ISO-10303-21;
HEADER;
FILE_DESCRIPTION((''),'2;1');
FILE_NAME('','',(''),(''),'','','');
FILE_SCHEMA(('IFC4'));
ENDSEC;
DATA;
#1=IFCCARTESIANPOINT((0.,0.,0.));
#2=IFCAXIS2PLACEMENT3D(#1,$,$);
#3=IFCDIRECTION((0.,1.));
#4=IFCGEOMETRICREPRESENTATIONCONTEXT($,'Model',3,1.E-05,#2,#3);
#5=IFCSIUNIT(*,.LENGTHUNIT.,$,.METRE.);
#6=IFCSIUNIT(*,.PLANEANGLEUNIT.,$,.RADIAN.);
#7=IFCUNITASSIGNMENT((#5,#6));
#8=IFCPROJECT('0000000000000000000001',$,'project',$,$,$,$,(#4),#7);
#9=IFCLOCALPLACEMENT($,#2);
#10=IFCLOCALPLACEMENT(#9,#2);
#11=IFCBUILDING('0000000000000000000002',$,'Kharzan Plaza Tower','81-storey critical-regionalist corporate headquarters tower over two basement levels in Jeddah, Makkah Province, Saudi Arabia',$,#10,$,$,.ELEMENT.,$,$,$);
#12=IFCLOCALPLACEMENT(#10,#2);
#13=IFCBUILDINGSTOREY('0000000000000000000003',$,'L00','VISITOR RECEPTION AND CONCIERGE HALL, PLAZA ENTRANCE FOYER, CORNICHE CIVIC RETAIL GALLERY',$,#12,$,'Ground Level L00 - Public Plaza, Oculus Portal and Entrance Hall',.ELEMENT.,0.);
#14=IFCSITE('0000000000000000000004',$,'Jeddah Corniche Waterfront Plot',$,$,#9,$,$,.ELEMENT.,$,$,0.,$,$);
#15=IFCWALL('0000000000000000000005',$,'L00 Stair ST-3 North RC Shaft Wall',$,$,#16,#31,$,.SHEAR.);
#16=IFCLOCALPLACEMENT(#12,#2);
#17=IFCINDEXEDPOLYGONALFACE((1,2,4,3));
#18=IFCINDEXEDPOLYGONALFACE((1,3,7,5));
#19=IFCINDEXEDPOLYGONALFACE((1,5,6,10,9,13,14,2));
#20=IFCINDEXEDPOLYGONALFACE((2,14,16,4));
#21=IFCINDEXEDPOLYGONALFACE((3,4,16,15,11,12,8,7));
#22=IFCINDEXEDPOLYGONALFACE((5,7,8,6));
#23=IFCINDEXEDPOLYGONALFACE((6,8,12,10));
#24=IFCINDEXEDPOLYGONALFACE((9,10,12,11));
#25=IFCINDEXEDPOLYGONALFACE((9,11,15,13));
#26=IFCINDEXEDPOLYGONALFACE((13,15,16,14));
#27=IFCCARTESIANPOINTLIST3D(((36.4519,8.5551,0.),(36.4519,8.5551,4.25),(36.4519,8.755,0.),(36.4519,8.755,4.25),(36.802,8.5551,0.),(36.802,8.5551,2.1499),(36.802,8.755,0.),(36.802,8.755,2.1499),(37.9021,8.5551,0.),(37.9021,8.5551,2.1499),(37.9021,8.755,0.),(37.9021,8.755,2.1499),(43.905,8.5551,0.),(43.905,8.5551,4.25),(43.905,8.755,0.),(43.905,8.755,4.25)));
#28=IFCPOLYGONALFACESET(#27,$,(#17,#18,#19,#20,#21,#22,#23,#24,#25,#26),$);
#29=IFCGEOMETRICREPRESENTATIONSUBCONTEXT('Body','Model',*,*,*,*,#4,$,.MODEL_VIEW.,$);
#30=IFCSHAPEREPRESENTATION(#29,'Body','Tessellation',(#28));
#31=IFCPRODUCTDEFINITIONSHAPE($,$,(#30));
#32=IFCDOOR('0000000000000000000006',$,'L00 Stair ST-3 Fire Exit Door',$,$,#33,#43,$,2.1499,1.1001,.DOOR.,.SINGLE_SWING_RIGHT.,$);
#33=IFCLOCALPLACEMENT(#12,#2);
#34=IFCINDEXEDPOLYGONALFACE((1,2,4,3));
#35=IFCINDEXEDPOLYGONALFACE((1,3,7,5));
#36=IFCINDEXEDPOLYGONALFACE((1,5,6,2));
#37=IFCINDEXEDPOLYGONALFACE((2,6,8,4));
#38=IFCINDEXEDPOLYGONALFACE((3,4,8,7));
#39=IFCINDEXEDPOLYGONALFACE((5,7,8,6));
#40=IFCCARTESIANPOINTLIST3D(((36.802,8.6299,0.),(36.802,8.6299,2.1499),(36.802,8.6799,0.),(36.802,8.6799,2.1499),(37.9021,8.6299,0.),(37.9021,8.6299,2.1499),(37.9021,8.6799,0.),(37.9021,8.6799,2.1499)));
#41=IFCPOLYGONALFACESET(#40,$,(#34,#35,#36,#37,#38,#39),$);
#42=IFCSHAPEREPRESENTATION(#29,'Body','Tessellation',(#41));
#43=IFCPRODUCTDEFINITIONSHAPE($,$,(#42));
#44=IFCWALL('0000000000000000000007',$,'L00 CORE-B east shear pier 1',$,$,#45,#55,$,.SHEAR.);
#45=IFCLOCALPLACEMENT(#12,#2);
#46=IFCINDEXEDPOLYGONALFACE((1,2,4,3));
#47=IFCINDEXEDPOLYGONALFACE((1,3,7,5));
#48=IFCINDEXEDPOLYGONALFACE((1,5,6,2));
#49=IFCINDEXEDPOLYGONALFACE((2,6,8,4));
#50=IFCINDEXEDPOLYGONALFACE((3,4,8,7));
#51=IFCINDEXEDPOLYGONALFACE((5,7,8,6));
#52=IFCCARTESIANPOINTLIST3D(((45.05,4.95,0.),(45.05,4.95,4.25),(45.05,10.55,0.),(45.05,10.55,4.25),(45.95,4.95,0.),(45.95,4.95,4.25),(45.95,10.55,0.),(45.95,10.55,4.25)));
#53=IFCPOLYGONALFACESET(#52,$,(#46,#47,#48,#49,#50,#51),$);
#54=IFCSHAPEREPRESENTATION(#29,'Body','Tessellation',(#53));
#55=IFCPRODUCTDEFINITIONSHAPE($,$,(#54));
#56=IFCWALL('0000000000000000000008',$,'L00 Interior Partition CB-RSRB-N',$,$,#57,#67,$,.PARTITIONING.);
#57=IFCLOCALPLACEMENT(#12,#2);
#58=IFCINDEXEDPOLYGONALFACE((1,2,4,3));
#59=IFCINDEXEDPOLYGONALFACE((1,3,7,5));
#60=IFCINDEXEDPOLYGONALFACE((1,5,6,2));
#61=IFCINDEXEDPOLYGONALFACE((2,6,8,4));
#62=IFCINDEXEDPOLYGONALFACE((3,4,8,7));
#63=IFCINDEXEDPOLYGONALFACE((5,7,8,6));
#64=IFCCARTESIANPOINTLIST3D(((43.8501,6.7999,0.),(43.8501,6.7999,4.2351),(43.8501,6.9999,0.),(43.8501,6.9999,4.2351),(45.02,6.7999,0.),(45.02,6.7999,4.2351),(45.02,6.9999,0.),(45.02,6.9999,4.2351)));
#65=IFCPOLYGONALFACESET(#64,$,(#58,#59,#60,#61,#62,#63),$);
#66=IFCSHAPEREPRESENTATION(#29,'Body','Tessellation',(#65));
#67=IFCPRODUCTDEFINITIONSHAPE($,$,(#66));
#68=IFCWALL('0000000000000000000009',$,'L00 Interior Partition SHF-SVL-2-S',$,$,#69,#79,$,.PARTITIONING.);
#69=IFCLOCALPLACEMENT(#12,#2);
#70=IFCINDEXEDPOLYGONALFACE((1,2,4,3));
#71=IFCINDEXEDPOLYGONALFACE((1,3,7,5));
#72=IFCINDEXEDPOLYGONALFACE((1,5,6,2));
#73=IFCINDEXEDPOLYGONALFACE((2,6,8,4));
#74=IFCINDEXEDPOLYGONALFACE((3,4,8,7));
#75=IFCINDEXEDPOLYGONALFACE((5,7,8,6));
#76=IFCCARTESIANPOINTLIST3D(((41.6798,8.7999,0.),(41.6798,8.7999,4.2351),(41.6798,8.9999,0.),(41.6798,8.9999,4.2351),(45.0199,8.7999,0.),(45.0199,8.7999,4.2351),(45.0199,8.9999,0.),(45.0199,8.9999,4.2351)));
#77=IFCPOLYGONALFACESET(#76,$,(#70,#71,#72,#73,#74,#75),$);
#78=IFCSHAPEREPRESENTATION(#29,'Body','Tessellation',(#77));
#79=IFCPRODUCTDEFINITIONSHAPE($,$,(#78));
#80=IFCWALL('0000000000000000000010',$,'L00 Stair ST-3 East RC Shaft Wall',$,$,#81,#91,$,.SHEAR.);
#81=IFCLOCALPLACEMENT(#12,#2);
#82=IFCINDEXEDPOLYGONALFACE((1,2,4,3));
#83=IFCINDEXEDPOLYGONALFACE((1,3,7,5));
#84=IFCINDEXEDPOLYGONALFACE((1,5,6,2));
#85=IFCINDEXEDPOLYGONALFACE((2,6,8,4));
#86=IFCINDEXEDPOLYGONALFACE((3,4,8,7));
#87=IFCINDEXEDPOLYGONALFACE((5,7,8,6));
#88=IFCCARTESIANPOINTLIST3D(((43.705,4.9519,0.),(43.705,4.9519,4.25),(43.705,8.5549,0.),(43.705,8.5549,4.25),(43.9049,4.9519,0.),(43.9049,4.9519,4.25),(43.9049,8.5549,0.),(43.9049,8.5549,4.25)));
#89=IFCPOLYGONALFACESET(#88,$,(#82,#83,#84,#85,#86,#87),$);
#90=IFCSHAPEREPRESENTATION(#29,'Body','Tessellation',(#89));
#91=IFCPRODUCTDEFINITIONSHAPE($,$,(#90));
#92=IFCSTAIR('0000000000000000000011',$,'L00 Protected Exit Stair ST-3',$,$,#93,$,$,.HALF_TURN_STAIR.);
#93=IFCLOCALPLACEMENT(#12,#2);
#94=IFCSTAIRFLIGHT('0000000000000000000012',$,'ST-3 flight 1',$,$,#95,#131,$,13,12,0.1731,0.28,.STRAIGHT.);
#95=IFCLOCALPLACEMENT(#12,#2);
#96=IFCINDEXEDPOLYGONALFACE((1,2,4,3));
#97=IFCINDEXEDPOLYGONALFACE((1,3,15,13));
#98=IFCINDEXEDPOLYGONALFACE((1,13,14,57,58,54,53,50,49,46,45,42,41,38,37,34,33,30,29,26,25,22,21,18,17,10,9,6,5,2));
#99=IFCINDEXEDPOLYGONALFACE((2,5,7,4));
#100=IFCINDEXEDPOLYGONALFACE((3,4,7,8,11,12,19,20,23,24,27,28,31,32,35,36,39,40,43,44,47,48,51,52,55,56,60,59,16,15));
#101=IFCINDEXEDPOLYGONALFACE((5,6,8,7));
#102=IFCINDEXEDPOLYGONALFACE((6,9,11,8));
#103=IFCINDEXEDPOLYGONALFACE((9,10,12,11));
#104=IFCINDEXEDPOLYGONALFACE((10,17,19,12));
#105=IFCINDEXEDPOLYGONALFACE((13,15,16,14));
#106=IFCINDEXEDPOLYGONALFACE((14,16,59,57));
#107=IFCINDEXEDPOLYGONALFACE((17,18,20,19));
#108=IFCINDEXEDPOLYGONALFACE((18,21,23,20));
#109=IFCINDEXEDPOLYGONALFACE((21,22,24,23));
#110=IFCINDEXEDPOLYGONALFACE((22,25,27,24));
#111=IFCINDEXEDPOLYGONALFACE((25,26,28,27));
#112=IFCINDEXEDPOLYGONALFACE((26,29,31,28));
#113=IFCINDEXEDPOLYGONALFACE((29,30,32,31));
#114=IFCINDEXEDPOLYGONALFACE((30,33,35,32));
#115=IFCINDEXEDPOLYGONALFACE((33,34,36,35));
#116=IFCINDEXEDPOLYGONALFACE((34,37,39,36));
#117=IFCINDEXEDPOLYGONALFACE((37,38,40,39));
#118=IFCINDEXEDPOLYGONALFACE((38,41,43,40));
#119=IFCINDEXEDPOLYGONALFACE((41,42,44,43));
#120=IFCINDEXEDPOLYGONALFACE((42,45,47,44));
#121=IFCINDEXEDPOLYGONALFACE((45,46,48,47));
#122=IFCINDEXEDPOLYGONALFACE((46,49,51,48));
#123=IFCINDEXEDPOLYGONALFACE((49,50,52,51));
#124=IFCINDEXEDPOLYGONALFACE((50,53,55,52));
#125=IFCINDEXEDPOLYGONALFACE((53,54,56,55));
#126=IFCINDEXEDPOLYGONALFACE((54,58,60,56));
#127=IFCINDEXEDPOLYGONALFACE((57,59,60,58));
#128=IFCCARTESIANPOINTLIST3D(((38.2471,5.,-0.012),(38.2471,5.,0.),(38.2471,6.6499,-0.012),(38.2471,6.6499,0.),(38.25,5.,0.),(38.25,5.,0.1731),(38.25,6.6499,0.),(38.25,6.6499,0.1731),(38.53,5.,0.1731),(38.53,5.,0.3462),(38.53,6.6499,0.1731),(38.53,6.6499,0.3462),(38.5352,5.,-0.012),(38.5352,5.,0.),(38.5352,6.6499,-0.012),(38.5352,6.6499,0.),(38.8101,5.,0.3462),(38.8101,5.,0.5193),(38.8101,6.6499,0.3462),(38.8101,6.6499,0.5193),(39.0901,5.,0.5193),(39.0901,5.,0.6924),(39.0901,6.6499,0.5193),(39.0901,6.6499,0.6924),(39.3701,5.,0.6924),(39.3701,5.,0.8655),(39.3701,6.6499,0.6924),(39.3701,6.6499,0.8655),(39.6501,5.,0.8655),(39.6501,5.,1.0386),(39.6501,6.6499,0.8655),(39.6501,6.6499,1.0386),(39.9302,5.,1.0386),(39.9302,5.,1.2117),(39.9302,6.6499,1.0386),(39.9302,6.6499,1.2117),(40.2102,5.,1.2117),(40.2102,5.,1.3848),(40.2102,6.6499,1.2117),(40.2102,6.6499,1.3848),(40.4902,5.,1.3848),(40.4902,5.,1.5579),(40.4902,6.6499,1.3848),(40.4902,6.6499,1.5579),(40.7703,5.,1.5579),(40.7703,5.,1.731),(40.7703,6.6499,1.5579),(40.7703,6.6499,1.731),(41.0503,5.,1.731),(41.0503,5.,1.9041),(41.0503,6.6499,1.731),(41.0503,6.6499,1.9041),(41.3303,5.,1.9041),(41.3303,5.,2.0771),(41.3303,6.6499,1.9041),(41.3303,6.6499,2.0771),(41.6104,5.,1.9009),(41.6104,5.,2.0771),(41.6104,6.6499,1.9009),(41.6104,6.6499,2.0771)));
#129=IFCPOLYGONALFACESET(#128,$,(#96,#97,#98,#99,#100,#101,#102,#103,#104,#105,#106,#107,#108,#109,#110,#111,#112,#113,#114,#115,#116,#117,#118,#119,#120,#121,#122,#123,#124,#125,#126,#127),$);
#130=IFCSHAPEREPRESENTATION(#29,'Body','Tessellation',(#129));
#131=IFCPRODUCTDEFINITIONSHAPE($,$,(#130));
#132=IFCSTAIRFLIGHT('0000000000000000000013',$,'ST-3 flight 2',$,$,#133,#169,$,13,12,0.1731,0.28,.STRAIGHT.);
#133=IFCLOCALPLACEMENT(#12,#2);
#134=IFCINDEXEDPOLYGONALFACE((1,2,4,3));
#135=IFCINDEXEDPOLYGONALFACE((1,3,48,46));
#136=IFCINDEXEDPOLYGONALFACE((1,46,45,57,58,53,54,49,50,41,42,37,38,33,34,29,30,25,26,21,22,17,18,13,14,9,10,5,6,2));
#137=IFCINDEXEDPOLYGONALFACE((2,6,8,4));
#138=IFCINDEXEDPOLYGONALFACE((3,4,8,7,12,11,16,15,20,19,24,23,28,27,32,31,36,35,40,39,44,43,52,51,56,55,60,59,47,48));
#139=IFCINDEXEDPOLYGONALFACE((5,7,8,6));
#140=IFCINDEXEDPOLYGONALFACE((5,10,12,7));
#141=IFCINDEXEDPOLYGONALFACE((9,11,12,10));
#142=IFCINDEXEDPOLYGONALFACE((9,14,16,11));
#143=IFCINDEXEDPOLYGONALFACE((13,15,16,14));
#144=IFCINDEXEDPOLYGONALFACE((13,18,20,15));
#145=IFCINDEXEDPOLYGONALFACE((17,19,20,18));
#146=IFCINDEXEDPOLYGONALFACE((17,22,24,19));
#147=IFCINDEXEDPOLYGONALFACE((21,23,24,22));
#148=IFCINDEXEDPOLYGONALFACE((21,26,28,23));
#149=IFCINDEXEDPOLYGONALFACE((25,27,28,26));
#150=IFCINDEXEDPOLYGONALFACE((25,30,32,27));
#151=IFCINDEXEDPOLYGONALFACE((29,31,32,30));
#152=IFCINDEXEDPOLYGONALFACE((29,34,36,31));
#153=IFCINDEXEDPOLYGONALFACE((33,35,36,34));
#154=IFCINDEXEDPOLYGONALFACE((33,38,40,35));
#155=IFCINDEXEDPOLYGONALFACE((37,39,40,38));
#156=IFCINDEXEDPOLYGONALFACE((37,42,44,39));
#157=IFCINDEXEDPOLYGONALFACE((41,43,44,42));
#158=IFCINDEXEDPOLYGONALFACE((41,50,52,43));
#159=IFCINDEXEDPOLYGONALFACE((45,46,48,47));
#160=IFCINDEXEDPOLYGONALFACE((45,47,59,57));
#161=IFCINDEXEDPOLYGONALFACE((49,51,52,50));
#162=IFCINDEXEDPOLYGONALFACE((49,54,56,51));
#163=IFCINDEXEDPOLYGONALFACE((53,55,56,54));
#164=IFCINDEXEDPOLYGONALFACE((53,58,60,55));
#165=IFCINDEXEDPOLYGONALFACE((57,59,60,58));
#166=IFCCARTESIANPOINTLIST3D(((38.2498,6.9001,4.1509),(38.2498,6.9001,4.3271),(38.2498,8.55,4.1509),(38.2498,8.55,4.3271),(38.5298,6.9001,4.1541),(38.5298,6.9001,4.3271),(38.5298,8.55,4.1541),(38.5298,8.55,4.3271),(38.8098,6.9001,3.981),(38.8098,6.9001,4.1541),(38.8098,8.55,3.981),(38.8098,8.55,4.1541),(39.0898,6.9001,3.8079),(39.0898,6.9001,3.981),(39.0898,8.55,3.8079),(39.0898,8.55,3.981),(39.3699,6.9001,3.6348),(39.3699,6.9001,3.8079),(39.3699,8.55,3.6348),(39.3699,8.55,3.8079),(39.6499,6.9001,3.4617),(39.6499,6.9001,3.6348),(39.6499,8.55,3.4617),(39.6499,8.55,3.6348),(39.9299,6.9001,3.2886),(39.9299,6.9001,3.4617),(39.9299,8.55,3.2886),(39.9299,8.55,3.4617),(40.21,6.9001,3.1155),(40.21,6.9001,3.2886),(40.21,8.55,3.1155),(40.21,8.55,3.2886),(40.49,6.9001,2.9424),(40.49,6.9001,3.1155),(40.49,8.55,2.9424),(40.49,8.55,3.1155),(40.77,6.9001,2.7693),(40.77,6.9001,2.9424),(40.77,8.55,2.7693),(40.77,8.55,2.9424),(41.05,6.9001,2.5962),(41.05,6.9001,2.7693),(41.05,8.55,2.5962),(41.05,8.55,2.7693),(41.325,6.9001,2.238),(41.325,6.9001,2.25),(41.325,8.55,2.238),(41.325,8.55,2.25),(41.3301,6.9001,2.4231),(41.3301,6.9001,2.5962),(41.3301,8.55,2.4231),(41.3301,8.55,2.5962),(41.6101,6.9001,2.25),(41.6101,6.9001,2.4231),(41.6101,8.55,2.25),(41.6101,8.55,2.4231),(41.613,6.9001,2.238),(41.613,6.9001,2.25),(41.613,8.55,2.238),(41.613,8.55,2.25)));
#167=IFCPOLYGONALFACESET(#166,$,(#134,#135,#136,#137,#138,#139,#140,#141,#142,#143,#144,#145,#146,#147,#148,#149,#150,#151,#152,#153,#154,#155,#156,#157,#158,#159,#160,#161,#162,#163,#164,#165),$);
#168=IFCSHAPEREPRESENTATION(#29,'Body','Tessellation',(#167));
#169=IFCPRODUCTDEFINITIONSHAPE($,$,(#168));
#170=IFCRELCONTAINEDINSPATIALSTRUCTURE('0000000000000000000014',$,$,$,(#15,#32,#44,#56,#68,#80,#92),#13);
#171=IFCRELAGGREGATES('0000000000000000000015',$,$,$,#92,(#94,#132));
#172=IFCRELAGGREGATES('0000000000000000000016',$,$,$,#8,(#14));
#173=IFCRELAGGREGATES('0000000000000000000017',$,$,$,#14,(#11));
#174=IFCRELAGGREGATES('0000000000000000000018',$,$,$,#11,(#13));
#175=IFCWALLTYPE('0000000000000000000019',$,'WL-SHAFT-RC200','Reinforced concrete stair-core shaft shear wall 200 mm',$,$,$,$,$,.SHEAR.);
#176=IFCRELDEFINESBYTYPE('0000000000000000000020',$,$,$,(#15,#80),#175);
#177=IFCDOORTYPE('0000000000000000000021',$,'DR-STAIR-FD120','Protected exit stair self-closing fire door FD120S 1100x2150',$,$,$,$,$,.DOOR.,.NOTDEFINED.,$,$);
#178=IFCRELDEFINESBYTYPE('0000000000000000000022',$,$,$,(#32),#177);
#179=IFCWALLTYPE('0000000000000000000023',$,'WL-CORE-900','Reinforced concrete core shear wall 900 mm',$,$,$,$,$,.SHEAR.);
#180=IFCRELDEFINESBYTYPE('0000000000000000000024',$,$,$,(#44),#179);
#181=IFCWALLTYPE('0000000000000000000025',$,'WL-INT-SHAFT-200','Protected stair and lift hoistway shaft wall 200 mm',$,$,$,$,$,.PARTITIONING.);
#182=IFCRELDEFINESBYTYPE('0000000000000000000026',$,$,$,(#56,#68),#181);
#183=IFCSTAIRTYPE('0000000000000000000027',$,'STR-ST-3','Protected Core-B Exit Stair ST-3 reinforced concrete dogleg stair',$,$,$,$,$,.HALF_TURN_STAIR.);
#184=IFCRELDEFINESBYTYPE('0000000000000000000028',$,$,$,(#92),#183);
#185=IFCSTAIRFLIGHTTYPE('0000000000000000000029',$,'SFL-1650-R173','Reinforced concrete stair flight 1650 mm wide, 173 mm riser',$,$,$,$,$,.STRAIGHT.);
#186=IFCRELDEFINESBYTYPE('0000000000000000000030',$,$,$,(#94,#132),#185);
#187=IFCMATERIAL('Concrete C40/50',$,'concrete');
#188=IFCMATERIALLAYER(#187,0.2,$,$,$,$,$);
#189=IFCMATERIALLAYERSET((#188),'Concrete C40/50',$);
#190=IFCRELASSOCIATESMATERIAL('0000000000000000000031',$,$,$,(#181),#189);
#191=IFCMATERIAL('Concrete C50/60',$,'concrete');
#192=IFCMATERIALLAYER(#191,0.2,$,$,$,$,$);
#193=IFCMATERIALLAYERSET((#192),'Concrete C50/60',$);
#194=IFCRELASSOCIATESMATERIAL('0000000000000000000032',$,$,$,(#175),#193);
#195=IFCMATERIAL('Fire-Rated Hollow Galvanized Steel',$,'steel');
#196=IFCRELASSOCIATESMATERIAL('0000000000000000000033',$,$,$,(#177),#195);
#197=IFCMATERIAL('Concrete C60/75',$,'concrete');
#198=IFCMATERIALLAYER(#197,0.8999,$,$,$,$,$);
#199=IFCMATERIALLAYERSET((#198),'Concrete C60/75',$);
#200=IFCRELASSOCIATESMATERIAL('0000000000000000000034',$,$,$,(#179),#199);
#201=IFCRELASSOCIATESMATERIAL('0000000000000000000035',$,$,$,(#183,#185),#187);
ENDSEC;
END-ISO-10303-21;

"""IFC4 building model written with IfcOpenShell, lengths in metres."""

from ifc_helpers import new_model, si_unit, direction, frame, frame_2d, origin, place, context, subcontext, project, spatial, polyline, rectangle, outline, extrude, source, transform, mapped, material, layer, layer_set, type_object, element, fill, aggregate, save


model = new_model("IFC4")

# Units and contexts
model_context = context("Model", 3, precision=1e-05, world=origin(), true_north=direction((0.0, 1.0)))
body_context = subcontext(model_context, "Body", "Model", "MODEL_VIEW")
ifc_project = project(units=[si_unit("LENGTHUNIT", "METRE"), si_unit("PLANEANGLEUNIT", "RADIAN")], contexts=[model_context])

# Site, building, storey
site_placement = place(None, origin())
site = spatial("IfcSite", under=ifc_project, at=site_placement, Name="Jeddah Corniche Waterfront Plot", CompositionType="ELEMENT", RefElevation=0.0)
building_placement = place(site_placement, origin())
building = spatial("IfcBuilding", under=site, at=building_placement, Name="Kharzan Plaza Tower", Description="81-storey critical-regionalist corporate headquarters tower over two basement levels in Jeddah, Makkah Province, Saudi Arabia", CompositionType="ELEMENT")
storey_placement = place(building_placement, origin())
storey = spatial("IfcBuildingStorey", under=building, at=storey_placement, Name="L00", Description="VISITOR RECEPTION AND CONCIERGE HALL, PLAZA ENTRANCE FOYER, CORNICHE CIVIC RETAIL GALLERY", LongName="Ground Level L00 - Public Plaza, Oculus Portal and Entrance Hall", CompositionType="ELEMENT", Elevation=0.0)

# Shared definitions
ifc_material_1 = material(Name="Concrete C60/75", Category="concrete")

# Wall, opening, door
ifc_material_2 = material(Name="Concrete C40/50", Category="concrete")
ifc_layer_1 = layer(ifc_material_2, 0.2)
ifc_layer_set_1 = layer_set([ifc_layer_1], Name="Concrete C40/50")
wall_type_1 = type_object("IfcWallType", Name="WL-INT-SHAFT-200", Description="Protected stair and lift hoistway shaft wall 200 mm", PredefinedType="PARTITIONING", material=ifc_layer_set_1)
ifc_material_3 = material(Name="Concrete C50/60", Category="concrete")
ifc_layer_2 = layer(ifc_material_3, 0.2)
ifc_layer_set_2 = layer_set([ifc_layer_2], Name="Concrete C50/60")
wall_type_2 = type_object("IfcWallType", Name="WL-SHAFT-RC200", Description="Reinforced concrete stair-core shaft shear wall 200 mm", PredefinedType="SHEAR", material=ifc_layer_set_2)
wall_1_placement = place(storey_placement, frame((36.4519, 8.655, 0.0), z_axis=(0.0, 0.0, 1.0), x_axis=(1.0, 0.0, 0.0)))
wall_1 = element("IfcWall", 1, at=wall_1_placement, inside=storey, type_object=wall_type_2, Name="L00 Stair ST-3 North RC Shaft Wall", PredefinedType="SHEAR", context=body_context, shape_type="SweptSolid", body=[
    extrude(rectangle(XDim=7.4531, YDim=0.2, at=frame_2d((3.7266, 0.0))), origin(), (0.0, 0.0, 1.0), 4.25),
])
opening_1_placement = place(wall_1_placement, frame((0.3501, 0.0, 0.0)))
opening_1 = element("IfcOpeningElement", 2, at=opening_1_placement, cuts=wall_1, PredefinedType="OPENING", context=body_context, shape_type="SweptSolid", body=[
    extrude(rectangle(XDim=1.1001, YDim=2.1499, at=frame_2d((0.55, 1.075))), frame((0.0, 0.1099, 0.0), z_axis=(0.0, -1.0, 0.0), x_axis=(1.0, 0.0, 0.0)), (0.0, 0.0, 1.0), 0.22),
])
ifc_material_4 = material(Name="Fire-Rated Hollow Galvanized Steel", Category="steel")
door_type_1 = type_object("IfcDoorType", Name="DR-STAIR-FD120", Description="Protected exit stair self-closing fire door FD120S 1100x2150", OperationType="NOTDEFINED", PredefinedType="DOOR", material=ifc_material_4)
shared_shape_1 = source(origin(), body_context, "Body", "SweptSolid", [
    extrude(rectangle(XDim=1.1001, YDim=2.1499, at=frame_2d((0.55, 1.075))), frame((0.0, 0.0249, 0.0), z_axis=(0.0, -1.0, 0.0), x_axis=(1.0, 0.0, 0.0)), (0.0, 0.0, 1.0), 0.05),
])
door_1_placement = place(opening_1_placement, origin())
door_1 = element("IfcDoor", 3, at=door_1_placement, inside=storey, type_object=door_type_1, Name="L00 Stair ST-3 Fire Exit Door", OperationType="SINGLE_SWING_RIGHT", OverallHeight=2.1499, OverallWidth=1.1001, PredefinedType="DOOR", context=body_context, shape_type="MappedRepresentation", body=[
    mapped(shared_shape_1, transform((0.0, 0.0, 0.0), x_axis=(1.0, 0.0, 0.0), y_axis=(0.0, 1.0, 0.0), z_axis=(0.0, 0.0, 1.0))),
])
fill(opening_1, door_1)

# Walls
ifc_layer_3 = layer(ifc_material_1, 0.8999)
ifc_layer_set_3 = layer_set([ifc_layer_3], Name="Concrete C60/75")
wall_type_3 = type_object("IfcWallType", Name="WL-CORE-900", Description="Reinforced concrete core shear wall 900 mm", PredefinedType="SHEAR", material=ifc_layer_set_3)
shared_shape_2 = source(origin(), body_context, "Body", "SweptSolid", [
    extrude(rectangle(XDim=5.6001, YDim=0.8999, at=frame_2d((2.8, 0.0))), origin(), (0.0, 0.0, 1.0), 4.25),
])
wall_2_placement = place(storey_placement, frame((45.5, 4.95, 0.0), z_axis=(0.0, 0.0, 1.0), x_axis=(0.0, 1.0, 0.0)))
element("IfcWall", 4, at=wall_2_placement, inside=storey, type_object=wall_type_3, Name="L00 CORE-B east shear pier 1", PredefinedType="SHEAR", context=body_context, shape_type="MappedRepresentation", body=[
    mapped(shared_shape_2, transform((0.0, 0.0, 0.0), x_axis=(1.0, 0.0, 0.0), y_axis=(0.0, 1.0, 0.0), z_axis=(0.0, 0.0, 1.0))),
])
shared_shape_3 = source(origin(), body_context, "Body", "SweptSolid", [
    extrude(rectangle(XDim=1.1699, YDim=0.2, at=frame_2d((0.585, 0.0))), origin(), (0.0, 0.0, 1.0), 4.2351),
])
wall_3_placement = place(storey_placement, frame((43.8501, 6.8999, 0.0), z_axis=(0.0, 0.0, 1.0), x_axis=(1.0, 0.0, 0.0)))
element("IfcWall", 5, at=wall_3_placement, inside=storey, type_object=wall_type_1, Name="L00 Interior Partition CB-RSRB-N", PredefinedType="PARTITIONING", context=body_context, shape_type="MappedRepresentation", body=[
    mapped(shared_shape_3, transform((0.0, 0.0, 0.0), x_axis=(1.0, 0.0, 0.0), y_axis=(0.0, 1.0, 0.0), z_axis=(0.0, 0.0, 1.0))),
])
shared_shape_4 = source(origin(), body_context, "Body", "SweptSolid", [
    extrude(rectangle(XDim=3.3401, YDim=0.2, at=frame_2d((1.6699, 0.0))), origin(), (0.0, 0.0, 1.0), 4.2351),
])
wall_4_placement = place(storey_placement, frame((41.6799, 8.8999, 0.0), z_axis=(0.0, 0.0, 1.0), x_axis=(1.0, 0.0, 0.0)))
element("IfcWall", 6, at=wall_4_placement, inside=storey, type_object=wall_type_1, Name="L00 Interior Partition SHF-SVL-2-S", PredefinedType="PARTITIONING", context=body_context, shape_type="MappedRepresentation", body=[
    mapped(shared_shape_4, transform((0.0, 0.0, 0.0), x_axis=(1.0, 0.0, 0.0), y_axis=(0.0, 1.0, 0.0), z_axis=(0.0, 0.0, 1.0))),
])
shared_shape_5 = source(origin(), body_context, "Body", "SweptSolid", [
    extrude(rectangle(XDim=3.603, YDim=0.2, at=frame_2d((1.8015, 0.0))), origin(), (0.0, 0.0, 1.0), 4.25),
])
wall_5_placement = place(storey_placement, frame((43.8049, 4.9519, 0.0), z_axis=(0.0, 0.0, 1.0), x_axis=(0.0, 1.0, 0.0)))
element("IfcWall", 7, at=wall_5_placement, inside=storey, type_object=wall_type_2, Name="L00 Stair ST-3 East RC Shaft Wall", PredefinedType="SHEAR", context=body_context, shape_type="MappedRepresentation", body=[
    mapped(shared_shape_5, transform((0.0, 0.0, 0.0), x_axis=(1.0, 0.0, 0.0), y_axis=(0.0, 1.0, 0.0), z_axis=(0.0, 0.0, 1.0))),
])

# Stair, stair flights
stair_type = type_object("IfcStairType", Name="STR-ST-3", Description="Protected Core-B Exit Stair ST-3 reinforced concrete dogleg stair", PredefinedType="HALF_TURN_STAIR", material=ifc_material_2)
stair_placement = place(storey_placement, origin())
stair = element("IfcStair", 8, at=stair_placement, inside=storey, type_object=stair_type, Name="L00 Protected Exit Stair ST-3", PredefinedType="HALF_TURN_STAIR")
stair_flight_type = type_object("IfcStairFlightType", Name="SFL-1650-R173", Description="Reinforced concrete stair flight 1650 mm wide, 173 mm riser", PredefinedType="STRAIGHT", material=ifc_material_2)
shared_shape_6 = source(origin(), body_context, "Body", "SweptSolid", [
    extrude(outline(polyline([(-0.0029, -0.012), (-0.0029, 0.0), (0.0, 0.0), (0.0, 0.1731), (0.28, 0.1731), (0.28, 0.3462), (0.5601, 0.3462), (0.5601, 0.5193), (0.8401, 0.5193), (0.8401, 0.6924), (1.1201, 0.6924), (1.1201, 0.8655), (1.4001, 0.8655), (1.4001, 1.0386), (1.6802, 1.0386), (1.6802, 1.2117), (1.9602, 1.2117), (1.9602, 1.3848), (2.2402, 1.3848), (2.2402, 1.5579), (2.5203, 1.5579), (2.5203, 1.731), (2.8003, 1.731), (2.8003, 1.9041), (3.0803, 1.9041), (3.0803, 2.0771), (3.3604, 2.0771), (3.3604, 2.2502), (3.3604, 1.9009), (0.2852, 0.0), (0.2852, -0.012), (-0.0029, -0.012)])), frame((0.0, 0.825, 0.0), z_axis=(0.0, -1.0, 0.0), x_axis=(1.0, 0.0, 0.0)), (0.0, 0.0, 1.0), 1.6499),
])
stair_flight_1_placement = place(storey_placement, frame((38.25, 5.825, 0.0), z_axis=(0.0, 0.0, 1.0), x_axis=(1.0, 0.0, 0.0)))
stair_flight_1 = element("IfcStairFlight", 9, at=stair_flight_1_placement, type_object=stair_flight_type, Name="ST-3 flight 1", NumberOfRisers=13, NumberOfTreads=12, PredefinedType="STRAIGHT", RiserHeight=0.1731, TreadLength=0.28, context=body_context, shape_type="MappedRepresentation", body=[
    mapped(shared_shape_6, transform((0.0, 0.0, 0.0), x_axis=(1.0, 0.0, 0.0), y_axis=(0.0, 1.0, 0.0), z_axis=(0.0, 0.0, 1.0))),
])
stair_flight_2_placement = place(storey_placement, frame((41.6101, 7.7251, 2.25), z_axis=(0.0, 0.0, 1.0), x_axis=(-1.0, 0.0, 0.0)))
stair_flight_2 = element("IfcStairFlight", 10, at=stair_flight_2_placement, type_object=stair_flight_type, Name="ST-3 flight 2", NumberOfRisers=13, NumberOfTreads=12, PredefinedType="STRAIGHT", RiserHeight=0.1731, TreadLength=0.28, context=body_context, shape_type="MappedRepresentation", body=[
    mapped(shared_shape_6, transform((0.0, 0.0, 0.0), x_axis=(1.0, 0.0, 0.0), y_axis=(0.0, 1.0, 0.0), z_axis=(0.0, 0.0, 1.0))),
])
aggregate(stair, [stair_flight_1, stair_flight_2])

save(model, "model.ifc")
